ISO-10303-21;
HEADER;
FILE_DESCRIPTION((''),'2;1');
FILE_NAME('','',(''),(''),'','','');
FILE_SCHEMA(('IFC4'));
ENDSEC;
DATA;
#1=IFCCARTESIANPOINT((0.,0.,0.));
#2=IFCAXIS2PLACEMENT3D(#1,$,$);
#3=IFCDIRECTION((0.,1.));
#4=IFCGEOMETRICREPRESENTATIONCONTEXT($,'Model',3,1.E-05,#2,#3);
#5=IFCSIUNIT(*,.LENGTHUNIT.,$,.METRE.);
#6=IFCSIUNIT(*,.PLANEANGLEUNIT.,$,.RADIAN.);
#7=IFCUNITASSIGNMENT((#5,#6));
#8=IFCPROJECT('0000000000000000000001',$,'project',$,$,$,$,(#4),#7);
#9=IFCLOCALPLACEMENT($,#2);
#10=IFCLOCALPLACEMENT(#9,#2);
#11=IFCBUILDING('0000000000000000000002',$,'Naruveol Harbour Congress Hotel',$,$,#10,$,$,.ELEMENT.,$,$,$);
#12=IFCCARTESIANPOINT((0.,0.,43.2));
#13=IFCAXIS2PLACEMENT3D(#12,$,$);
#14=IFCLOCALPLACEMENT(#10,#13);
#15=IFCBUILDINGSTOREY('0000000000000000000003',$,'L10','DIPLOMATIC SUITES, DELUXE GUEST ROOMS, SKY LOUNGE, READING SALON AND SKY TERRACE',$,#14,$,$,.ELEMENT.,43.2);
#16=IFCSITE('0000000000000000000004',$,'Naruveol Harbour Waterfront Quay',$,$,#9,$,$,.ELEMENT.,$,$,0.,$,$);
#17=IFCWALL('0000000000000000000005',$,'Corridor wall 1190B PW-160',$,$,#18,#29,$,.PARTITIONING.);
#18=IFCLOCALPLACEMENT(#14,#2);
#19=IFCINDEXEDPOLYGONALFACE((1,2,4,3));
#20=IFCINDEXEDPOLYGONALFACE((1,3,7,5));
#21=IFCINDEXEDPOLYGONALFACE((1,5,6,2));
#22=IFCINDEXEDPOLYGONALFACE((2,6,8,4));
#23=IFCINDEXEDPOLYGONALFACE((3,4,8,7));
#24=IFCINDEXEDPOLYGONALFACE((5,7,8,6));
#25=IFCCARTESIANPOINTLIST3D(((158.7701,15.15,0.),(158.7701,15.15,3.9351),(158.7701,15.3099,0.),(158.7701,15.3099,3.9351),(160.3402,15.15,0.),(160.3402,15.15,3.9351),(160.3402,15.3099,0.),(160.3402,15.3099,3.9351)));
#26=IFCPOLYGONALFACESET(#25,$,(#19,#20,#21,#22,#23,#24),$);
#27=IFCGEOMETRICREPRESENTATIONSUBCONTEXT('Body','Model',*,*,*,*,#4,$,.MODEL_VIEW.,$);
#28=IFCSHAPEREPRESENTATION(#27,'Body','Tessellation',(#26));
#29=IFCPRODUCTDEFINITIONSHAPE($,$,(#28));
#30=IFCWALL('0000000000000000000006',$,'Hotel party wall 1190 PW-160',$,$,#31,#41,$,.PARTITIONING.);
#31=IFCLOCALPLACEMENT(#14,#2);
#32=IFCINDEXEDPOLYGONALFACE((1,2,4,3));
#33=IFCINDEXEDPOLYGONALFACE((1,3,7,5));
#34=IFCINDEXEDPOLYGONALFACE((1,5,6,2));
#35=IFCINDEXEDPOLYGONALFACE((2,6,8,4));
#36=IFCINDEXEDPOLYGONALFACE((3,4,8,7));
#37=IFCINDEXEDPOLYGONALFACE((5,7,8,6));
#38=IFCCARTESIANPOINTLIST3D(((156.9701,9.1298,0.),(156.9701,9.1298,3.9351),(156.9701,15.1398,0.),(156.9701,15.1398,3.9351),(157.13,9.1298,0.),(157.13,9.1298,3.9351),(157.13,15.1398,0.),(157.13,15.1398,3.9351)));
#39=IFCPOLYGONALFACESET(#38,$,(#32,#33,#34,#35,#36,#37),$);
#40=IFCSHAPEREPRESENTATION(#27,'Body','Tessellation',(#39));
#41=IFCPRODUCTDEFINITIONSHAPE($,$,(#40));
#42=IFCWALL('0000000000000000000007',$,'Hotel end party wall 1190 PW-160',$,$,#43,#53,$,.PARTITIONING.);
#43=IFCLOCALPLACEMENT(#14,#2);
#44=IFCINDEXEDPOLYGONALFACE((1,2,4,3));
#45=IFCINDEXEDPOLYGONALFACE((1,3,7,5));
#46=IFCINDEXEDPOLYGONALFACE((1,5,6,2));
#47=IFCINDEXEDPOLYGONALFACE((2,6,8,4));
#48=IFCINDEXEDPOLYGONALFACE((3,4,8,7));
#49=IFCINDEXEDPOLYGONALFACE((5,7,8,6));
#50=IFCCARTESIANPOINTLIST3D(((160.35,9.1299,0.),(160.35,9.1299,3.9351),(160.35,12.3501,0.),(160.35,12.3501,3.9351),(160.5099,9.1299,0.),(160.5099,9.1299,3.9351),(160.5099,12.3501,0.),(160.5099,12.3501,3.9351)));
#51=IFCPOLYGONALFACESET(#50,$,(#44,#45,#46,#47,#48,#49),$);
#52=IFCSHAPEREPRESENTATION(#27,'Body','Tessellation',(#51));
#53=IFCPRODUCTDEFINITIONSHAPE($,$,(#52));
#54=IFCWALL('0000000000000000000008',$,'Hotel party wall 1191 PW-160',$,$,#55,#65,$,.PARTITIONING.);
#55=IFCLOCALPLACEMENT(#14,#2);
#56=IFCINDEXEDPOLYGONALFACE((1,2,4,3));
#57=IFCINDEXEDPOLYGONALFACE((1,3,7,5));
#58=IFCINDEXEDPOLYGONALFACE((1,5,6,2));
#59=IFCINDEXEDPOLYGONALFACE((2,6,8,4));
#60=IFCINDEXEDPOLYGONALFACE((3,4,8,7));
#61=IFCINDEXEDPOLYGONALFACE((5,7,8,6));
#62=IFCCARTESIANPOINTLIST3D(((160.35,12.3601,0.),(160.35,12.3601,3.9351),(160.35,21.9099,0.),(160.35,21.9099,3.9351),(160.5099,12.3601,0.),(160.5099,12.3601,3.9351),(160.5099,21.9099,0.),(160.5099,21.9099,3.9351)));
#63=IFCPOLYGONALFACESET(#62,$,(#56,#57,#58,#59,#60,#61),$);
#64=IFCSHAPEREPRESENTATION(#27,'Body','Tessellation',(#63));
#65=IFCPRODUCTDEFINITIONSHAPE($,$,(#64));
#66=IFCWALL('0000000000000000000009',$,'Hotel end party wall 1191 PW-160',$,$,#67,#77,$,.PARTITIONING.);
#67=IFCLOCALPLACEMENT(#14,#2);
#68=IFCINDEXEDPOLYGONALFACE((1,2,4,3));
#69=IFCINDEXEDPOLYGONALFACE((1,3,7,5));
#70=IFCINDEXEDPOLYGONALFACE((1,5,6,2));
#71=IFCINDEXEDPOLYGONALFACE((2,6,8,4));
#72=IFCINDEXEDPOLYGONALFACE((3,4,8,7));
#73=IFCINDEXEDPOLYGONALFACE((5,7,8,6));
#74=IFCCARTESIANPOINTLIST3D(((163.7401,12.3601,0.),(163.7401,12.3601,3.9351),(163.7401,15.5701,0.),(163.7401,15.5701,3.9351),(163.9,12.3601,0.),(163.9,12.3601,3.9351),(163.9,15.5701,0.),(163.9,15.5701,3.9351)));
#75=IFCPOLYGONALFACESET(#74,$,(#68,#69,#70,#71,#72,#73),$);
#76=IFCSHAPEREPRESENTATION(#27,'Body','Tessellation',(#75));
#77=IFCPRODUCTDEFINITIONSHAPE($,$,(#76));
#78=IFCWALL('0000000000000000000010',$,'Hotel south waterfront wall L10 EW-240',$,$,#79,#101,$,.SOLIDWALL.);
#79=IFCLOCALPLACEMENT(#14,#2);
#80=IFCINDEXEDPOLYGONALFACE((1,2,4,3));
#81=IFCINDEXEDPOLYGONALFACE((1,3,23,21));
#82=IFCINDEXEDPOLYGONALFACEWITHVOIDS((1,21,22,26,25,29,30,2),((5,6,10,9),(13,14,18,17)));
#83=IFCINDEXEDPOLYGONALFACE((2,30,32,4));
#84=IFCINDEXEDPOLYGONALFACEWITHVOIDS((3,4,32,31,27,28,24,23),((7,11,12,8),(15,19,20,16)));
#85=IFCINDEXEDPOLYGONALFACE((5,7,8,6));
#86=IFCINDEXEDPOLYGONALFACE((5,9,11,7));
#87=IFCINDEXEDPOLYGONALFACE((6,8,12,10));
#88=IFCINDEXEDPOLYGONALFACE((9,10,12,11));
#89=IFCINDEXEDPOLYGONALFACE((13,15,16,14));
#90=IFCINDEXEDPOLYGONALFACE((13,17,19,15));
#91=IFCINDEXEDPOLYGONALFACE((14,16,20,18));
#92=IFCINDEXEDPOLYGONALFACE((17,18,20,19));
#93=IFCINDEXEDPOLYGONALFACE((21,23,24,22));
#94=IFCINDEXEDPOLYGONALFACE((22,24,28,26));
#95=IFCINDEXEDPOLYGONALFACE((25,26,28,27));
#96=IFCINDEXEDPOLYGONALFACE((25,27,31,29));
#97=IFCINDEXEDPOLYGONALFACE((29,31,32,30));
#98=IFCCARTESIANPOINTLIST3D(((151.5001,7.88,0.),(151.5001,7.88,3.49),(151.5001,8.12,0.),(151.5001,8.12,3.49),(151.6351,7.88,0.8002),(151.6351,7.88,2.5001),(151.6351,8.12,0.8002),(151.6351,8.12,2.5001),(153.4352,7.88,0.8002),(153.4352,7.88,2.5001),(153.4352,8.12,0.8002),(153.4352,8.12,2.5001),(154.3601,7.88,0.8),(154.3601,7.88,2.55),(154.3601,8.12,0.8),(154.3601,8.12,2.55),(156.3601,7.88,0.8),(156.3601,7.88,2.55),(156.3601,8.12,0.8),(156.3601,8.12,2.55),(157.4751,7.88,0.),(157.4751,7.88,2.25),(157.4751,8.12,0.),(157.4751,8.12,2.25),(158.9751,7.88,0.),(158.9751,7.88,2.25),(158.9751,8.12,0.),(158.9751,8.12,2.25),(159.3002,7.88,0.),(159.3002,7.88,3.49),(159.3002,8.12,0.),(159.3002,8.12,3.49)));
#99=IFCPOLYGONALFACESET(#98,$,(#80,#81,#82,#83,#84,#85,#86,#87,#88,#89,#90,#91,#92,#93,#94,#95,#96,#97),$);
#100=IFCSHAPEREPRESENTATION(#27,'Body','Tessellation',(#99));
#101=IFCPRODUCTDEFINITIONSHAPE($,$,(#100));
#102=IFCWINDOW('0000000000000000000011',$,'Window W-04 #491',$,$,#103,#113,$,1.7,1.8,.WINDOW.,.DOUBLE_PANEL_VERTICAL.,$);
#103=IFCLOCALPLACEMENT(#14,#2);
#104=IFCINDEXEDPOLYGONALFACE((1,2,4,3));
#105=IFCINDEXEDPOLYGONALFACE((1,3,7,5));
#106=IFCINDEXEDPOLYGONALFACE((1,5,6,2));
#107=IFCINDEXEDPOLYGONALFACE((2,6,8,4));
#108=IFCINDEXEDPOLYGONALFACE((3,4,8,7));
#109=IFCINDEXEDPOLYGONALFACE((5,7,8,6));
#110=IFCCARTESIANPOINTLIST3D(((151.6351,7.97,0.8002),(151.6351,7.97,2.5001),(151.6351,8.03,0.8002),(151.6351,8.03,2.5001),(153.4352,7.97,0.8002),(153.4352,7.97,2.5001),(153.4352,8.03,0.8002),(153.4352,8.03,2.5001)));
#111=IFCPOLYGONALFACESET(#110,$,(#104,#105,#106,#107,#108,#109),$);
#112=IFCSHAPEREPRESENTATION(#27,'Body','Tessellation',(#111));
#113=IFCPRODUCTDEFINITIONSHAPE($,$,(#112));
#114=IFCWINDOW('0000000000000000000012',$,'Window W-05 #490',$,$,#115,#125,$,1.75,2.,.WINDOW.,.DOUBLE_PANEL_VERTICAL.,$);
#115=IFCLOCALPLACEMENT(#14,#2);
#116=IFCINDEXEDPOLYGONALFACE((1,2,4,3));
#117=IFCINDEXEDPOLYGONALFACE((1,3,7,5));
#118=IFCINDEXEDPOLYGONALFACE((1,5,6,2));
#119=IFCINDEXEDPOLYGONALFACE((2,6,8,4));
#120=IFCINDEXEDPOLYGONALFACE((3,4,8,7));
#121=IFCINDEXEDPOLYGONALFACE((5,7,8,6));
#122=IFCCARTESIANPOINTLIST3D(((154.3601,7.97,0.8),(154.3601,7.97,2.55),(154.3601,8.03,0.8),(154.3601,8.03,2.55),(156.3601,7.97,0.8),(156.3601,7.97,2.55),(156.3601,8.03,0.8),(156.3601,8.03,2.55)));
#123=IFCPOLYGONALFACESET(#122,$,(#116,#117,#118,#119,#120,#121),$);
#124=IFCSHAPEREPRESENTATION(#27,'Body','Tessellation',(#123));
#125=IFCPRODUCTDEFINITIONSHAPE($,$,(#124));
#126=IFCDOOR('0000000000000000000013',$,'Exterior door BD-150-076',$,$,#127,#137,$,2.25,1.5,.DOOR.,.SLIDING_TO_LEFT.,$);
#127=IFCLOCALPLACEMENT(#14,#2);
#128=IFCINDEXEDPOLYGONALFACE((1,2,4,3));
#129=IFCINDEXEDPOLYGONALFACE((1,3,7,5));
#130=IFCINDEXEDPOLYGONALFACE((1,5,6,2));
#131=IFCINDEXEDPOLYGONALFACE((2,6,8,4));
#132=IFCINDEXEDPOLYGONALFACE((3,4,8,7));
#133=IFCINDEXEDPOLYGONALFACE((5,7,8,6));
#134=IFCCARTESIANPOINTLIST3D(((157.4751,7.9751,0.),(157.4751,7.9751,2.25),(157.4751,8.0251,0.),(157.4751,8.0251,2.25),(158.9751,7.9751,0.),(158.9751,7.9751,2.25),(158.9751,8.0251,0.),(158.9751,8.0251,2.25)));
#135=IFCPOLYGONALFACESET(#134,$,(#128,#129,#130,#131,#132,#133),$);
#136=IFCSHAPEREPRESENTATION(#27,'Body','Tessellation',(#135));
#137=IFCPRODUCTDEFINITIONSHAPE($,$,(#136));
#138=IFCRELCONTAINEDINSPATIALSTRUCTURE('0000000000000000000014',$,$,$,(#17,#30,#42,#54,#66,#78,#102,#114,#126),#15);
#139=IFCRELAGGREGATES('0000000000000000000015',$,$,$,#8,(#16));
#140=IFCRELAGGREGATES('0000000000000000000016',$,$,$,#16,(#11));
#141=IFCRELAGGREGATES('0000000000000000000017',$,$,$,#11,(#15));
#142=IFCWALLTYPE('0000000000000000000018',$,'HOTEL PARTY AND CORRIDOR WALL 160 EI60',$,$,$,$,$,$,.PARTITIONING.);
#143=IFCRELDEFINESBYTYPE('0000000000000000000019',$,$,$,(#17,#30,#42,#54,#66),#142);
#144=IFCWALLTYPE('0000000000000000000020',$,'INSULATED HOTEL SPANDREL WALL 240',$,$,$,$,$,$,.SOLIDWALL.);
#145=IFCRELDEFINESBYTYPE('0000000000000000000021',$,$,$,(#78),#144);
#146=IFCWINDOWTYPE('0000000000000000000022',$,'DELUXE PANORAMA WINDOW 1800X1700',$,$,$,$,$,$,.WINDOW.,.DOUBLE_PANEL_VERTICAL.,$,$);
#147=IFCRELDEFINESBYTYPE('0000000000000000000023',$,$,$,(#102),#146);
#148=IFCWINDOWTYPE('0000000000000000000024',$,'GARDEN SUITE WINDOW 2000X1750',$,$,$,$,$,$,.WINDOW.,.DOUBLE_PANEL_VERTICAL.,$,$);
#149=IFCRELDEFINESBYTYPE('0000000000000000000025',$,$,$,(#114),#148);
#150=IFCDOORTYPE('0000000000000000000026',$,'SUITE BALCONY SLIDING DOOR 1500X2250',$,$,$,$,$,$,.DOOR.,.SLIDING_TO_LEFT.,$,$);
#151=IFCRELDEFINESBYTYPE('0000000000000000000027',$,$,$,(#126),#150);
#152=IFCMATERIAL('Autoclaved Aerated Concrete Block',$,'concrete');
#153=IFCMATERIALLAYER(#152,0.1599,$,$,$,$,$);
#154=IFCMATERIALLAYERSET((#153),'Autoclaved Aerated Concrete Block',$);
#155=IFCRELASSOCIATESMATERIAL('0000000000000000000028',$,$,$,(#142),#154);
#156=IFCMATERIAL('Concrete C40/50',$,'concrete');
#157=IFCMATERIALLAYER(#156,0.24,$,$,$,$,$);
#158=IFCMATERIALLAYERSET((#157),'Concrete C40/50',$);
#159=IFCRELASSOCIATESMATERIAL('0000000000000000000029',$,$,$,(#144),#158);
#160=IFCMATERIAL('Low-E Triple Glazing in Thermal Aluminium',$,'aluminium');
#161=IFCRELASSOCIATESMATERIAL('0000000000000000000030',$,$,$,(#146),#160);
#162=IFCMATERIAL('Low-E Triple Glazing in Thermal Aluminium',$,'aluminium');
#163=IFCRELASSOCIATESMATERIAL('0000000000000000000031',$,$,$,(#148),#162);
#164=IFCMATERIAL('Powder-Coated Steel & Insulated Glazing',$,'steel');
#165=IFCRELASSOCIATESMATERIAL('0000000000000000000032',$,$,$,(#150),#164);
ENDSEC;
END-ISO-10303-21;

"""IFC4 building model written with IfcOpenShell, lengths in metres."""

from ifc_helpers import new_model, si_unit, direction, frame, frame_2d, origin, place, context, subcontext, project, spatial, rectangle, extrude, material, layer, layer_set, type_object, element, fill, save


model = new_model("IFC4")

# Units and contexts
model_context = context("Model", 3, precision=1e-05, world=origin(), true_north=direction((0.0, 1.0)))
body_context = subcontext(model_context, "Body", "Model", "MODEL_VIEW")
ifc_project = project(units=[si_unit("LENGTHUNIT", "METRE"), si_unit("PLANEANGLEUNIT", "RADIAN")], contexts=[model_context])

# Site, building, storey
site_placement = place(None, origin())
site = spatial("IfcSite", under=ifc_project, at=site_placement, Name="Naruveol Harbour Waterfront Quay", CompositionType="ELEMENT", RefElevation=0.0)
building_placement = place(site_placement, origin())
building = spatial("IfcBuilding", under=site, at=building_placement, Name="Naruveol Harbour Congress Hotel", CompositionType="ELEMENT")
storey_placement = place(building_placement, frame((0.0, 0.0, 43.2)))
storey = spatial("IfcBuildingStorey", under=building, at=storey_placement, Name="L10", Description="DIPLOMATIC SUITES, DELUXE GUEST ROOMS, SKY LOUNGE, READING SALON AND SKY TERRACE", CompositionType="ELEMENT", Elevation=43.2)

# Shared definitions
ifc_material_1 = material(Name="Autoclaved Aerated Concrete Block", Category="concrete")
ifc_layer_1 = layer(ifc_material_1, 0.1599)
ifc_layer_set_1 = layer_set([ifc_layer_1], Name="Autoclaved Aerated Concrete Block")
wall_type_1 = type_object("IfcWallType", Name="HOTEL PARTY AND CORRIDOR WALL 160 EI60", PredefinedType="PARTITIONING", material=ifc_layer_set_1)

# Walls
wall_1_placement = place(storey_placement, frame((158.77, 15.23, 0.0), z_axis=(0.0, 0.0, 1.0), x_axis=(1.0, 0.0, 0.0)))
element("IfcWall", 1, at=wall_1_placement, inside=storey, type_object=wall_type_1, Name="Corridor wall 1190B PW-160", PredefinedType="PARTITIONING", context=body_context, shape_type="SweptSolid", body=[
    extrude(rectangle(XDim=1.5701, YDim=0.1599, at=frame_2d((0.7852, 0.0))), origin(), (0.0, 0.0, 1.0), 3.9351),
])
wall_2_placement = place(storey_placement, frame((157.05, 9.1299, 0.0), z_axis=(0.0, 0.0, 1.0), x_axis=(0.0, 1.0, 0.0)))
element("IfcWall", 2, at=wall_2_placement, inside=storey, type_object=wall_type_1, Name="Hotel party wall 1190 PW-160", PredefinedType="PARTITIONING", context=body_context, shape_type="SweptSolid", body=[
    extrude(rectangle(XDim=6.01, YDim=0.1599, at=frame_2d((3.0049, 0.0))), origin(), (0.0, 0.0, 1.0), 3.9351),
])
wall_3_placement = place(storey_placement, frame((160.4299, 9.1299, 0.0), z_axis=(0.0, 0.0, 1.0), x_axis=(0.0, 1.0, 0.0)))
element("IfcWall", 3, at=wall_3_placement, inside=storey, type_object=wall_type_1, Name="Hotel end party wall 1190 PW-160", PredefinedType="PARTITIONING", context=body_context, shape_type="SweptSolid", body=[
    extrude(rectangle(XDim=3.2202, YDim=0.1599, at=frame_2d((1.6101, 0.0))), origin(), (0.0, 0.0, 1.0), 3.9351),
])
wall_4_placement = place(storey_placement, frame((160.4299, 12.3601, 0.0), z_axis=(0.0, 0.0, 1.0), x_axis=(0.0, 1.0, 0.0)))
element("IfcWall", 4, at=wall_4_placement, inside=storey, type_object=wall_type_1, Name="Hotel party wall 1191 PW-160", PredefinedType="PARTITIONING", context=body_context, shape_type="SweptSolid", body=[
    extrude(rectangle(XDim=9.5498, YDim=0.1599, at=frame_2d((4.7749, 0.0))), origin(), (0.0, 0.0, 1.0), 3.9351),
])
wall_5_placement = place(storey_placement, frame((163.8201, 12.3601, 0.0), z_axis=(0.0, 0.0, 1.0), x_axis=(0.0, 1.0, 0.0)))
element("IfcWall", 5, at=wall_5_placement, inside=storey, type_object=wall_type_1, Name="Hotel end party wall 1191 PW-160", PredefinedType="PARTITIONING", context=body_context, shape_type="SweptSolid", body=[
    extrude(rectangle(XDim=3.21, YDim=0.1599, at=frame_2d((1.605, 0.0))), origin(), (0.0, 0.0, 1.0), 3.9351),
])

# Wall, openings, windows, door
ifc_material_2 = material(Name="Concrete C40/50", Category="concrete")
ifc_layer_2 = layer(ifc_material_2, 0.24)
ifc_layer_set_2 = layer_set([ifc_layer_2], Name="Concrete C40/50")
wall_type_2 = type_object("IfcWallType", Name="INSULATED HOTEL SPANDREL WALL 240", PredefinedType="SOLIDWALL", material=ifc_layer_set_2)
wall_6_placement = place(storey_placement, frame((159.3, 8.0, 0.0), z_axis=(0.0, 0.0, 1.0), x_axis=(-1.0, 0.0, 0.0)))
wall_6 = element("IfcWall", 6, at=wall_6_placement, inside=storey, type_object=wall_type_2, Name="Hotel south waterfront wall L10 EW-240", PredefinedType="SOLIDWALL", context=body_context, shape_type="SweptSolid", body=[
    extrude(rectangle(XDim=7.8, YDim=0.24, at=frame_2d((3.8999, 0.0))), origin(), (0.0, 0.0, 1.0), 3.49),
])
opening_1_placement = place(wall_6_placement, frame((0.325, 0.0, 0.0)))
opening_1 = element("IfcOpeningElement", 7, at=opening_1_placement, cuts=wall_6, PredefinedType="OPENING", context=body_context, shape_type="SweptSolid", body=[
    extrude(rectangle(XDim=1.5, YDim=2.25, at=frame_2d((0.75, 1.125))), frame((0.0, 0.1299, 0.0), z_axis=(0.0, -1.0, 0.0), x_axis=(1.0, 0.0, 0.0)), (0.0, 0.0, 1.0), 0.26),
])
opening_2_placement = place(wall_6_placement, frame((2.9399, 0.0, 0.8)))
opening_2 = element("IfcOpeningElement", 8, at=opening_2_placement, cuts=wall_6, PredefinedType="OPENING", context=body_context, shape_type="SweptSolid", body=[
    extrude(rectangle(XDim=2.0, YDim=1.75, at=frame_2d((1.0, 0.875))), frame((0.0, 0.1299, 0.0), z_axis=(0.0, -1.0, 0.0), x_axis=(1.0, 0.0, 0.0)), (0.0, 0.0, 1.0), 0.26),
])
opening_3_placement = place(wall_6_placement, frame((5.865, 0.0, 0.8)))
opening_3 = element("IfcOpeningElement", 9, at=opening_3_placement, cuts=wall_6, PredefinedType="OPENING", context=body_context, shape_type="SweptSolid", body=[
    extrude(rectangle(XDim=1.8, YDim=1.7, at=frame_2d((0.8999, 0.8501))), frame((0.0, 0.1299, 0.0), z_axis=(0.0, -1.0, 0.0), x_axis=(1.0, 0.0, 0.0)), (0.0, 0.0, 1.0), 0.26),
])
ifc_material_3 = material(Name="Low-E Triple Glazing in Thermal Aluminium", Category="aluminium")
window_type_1 = type_object("IfcWindowType", Name="DELUXE PANORAMA WINDOW 1800X1700", PartitioningType="DOUBLE_PANEL_VERTICAL", PredefinedType="WINDOW", material=ifc_material_3)
window_1_placement = place(opening_3_placement, origin())
window_1 = element("IfcWindow", 10, at=window_1_placement, inside=storey, type_object=window_type_1, Name="Window W-04 #491", OverallHeight=1.7, OverallWidth=1.8, PartitioningType="DOUBLE_PANEL_VERTICAL", PredefinedType="WINDOW", context=body_context, shape_type="SweptSolid", body=[
    extrude(rectangle(XDim=1.8, YDim=1.7, at=frame_2d((0.8999, 0.8501))), frame((0.0, 0.03, 0.0), z_axis=(0.0, -1.0, 0.0), x_axis=(1.0, 0.0, 0.0)), (0.0, 0.0, 1.0), 0.0601),
])
fill(opening_3, window_1)
ifc_material_4 = material(Name="Low-E Triple Glazing in Thermal Aluminium", Category="aluminium")
window_type_2 = type_object("IfcWindowType", Name="GARDEN SUITE WINDOW 2000X1750", PartitioningType="DOUBLE_PANEL_VERTICAL", PredefinedType="WINDOW", material=ifc_material_4)
window_2_placement = place(opening_2_placement, origin())
window_2 = element("IfcWindow", 11, at=window_2_placement, inside=storey, type_object=window_type_2, Name="Window W-05 #490", OverallHeight=1.75, OverallWidth=2.0, PartitioningType="DOUBLE_PANEL_VERTICAL", PredefinedType="WINDOW", context=body_context, shape_type="SweptSolid", body=[
    extrude(rectangle(XDim=2.0, YDim=1.75, at=frame_2d((1.0, 0.875))), frame((0.0, 0.03, 0.0), z_axis=(0.0, -1.0, 0.0), x_axis=(1.0, 0.0, 0.0)), (0.0, 0.0, 1.0), 0.0601),
])
fill(opening_2, window_2)
ifc_material_5 = material(Name="Powder-Coated Steel & Insulated Glazing", Category="steel")
door_type_1 = type_object("IfcDoorType", Name="SUITE BALCONY SLIDING DOOR 1500X2250", OperationType="SLIDING_TO_LEFT", PredefinedType="DOOR", material=ifc_material_5)
door_1_placement = place(opening_1_placement, origin())
door_1 = element("IfcDoor", 12, at=door_1_placement, inside=storey, type_object=door_type_1, Name="Exterior door BD-150-076", OperationType="SLIDING_TO_LEFT", OverallHeight=2.25, OverallWidth=1.5, PredefinedType="DOOR", context=body_context, shape_type="SweptSolid", body=[
    extrude(rectangle(XDim=1.5, YDim=2.25, at=frame_2d((0.75, 1.125))), frame((0.0, 0.0249, 0.0), z_axis=(0.0, -1.0, 0.0), x_axis=(1.0, 0.0, 0.0)), (0.0, 0.0, 1.0), 0.05),
])
fill(opening_1, door_1)

save(model, "model.ifc")
